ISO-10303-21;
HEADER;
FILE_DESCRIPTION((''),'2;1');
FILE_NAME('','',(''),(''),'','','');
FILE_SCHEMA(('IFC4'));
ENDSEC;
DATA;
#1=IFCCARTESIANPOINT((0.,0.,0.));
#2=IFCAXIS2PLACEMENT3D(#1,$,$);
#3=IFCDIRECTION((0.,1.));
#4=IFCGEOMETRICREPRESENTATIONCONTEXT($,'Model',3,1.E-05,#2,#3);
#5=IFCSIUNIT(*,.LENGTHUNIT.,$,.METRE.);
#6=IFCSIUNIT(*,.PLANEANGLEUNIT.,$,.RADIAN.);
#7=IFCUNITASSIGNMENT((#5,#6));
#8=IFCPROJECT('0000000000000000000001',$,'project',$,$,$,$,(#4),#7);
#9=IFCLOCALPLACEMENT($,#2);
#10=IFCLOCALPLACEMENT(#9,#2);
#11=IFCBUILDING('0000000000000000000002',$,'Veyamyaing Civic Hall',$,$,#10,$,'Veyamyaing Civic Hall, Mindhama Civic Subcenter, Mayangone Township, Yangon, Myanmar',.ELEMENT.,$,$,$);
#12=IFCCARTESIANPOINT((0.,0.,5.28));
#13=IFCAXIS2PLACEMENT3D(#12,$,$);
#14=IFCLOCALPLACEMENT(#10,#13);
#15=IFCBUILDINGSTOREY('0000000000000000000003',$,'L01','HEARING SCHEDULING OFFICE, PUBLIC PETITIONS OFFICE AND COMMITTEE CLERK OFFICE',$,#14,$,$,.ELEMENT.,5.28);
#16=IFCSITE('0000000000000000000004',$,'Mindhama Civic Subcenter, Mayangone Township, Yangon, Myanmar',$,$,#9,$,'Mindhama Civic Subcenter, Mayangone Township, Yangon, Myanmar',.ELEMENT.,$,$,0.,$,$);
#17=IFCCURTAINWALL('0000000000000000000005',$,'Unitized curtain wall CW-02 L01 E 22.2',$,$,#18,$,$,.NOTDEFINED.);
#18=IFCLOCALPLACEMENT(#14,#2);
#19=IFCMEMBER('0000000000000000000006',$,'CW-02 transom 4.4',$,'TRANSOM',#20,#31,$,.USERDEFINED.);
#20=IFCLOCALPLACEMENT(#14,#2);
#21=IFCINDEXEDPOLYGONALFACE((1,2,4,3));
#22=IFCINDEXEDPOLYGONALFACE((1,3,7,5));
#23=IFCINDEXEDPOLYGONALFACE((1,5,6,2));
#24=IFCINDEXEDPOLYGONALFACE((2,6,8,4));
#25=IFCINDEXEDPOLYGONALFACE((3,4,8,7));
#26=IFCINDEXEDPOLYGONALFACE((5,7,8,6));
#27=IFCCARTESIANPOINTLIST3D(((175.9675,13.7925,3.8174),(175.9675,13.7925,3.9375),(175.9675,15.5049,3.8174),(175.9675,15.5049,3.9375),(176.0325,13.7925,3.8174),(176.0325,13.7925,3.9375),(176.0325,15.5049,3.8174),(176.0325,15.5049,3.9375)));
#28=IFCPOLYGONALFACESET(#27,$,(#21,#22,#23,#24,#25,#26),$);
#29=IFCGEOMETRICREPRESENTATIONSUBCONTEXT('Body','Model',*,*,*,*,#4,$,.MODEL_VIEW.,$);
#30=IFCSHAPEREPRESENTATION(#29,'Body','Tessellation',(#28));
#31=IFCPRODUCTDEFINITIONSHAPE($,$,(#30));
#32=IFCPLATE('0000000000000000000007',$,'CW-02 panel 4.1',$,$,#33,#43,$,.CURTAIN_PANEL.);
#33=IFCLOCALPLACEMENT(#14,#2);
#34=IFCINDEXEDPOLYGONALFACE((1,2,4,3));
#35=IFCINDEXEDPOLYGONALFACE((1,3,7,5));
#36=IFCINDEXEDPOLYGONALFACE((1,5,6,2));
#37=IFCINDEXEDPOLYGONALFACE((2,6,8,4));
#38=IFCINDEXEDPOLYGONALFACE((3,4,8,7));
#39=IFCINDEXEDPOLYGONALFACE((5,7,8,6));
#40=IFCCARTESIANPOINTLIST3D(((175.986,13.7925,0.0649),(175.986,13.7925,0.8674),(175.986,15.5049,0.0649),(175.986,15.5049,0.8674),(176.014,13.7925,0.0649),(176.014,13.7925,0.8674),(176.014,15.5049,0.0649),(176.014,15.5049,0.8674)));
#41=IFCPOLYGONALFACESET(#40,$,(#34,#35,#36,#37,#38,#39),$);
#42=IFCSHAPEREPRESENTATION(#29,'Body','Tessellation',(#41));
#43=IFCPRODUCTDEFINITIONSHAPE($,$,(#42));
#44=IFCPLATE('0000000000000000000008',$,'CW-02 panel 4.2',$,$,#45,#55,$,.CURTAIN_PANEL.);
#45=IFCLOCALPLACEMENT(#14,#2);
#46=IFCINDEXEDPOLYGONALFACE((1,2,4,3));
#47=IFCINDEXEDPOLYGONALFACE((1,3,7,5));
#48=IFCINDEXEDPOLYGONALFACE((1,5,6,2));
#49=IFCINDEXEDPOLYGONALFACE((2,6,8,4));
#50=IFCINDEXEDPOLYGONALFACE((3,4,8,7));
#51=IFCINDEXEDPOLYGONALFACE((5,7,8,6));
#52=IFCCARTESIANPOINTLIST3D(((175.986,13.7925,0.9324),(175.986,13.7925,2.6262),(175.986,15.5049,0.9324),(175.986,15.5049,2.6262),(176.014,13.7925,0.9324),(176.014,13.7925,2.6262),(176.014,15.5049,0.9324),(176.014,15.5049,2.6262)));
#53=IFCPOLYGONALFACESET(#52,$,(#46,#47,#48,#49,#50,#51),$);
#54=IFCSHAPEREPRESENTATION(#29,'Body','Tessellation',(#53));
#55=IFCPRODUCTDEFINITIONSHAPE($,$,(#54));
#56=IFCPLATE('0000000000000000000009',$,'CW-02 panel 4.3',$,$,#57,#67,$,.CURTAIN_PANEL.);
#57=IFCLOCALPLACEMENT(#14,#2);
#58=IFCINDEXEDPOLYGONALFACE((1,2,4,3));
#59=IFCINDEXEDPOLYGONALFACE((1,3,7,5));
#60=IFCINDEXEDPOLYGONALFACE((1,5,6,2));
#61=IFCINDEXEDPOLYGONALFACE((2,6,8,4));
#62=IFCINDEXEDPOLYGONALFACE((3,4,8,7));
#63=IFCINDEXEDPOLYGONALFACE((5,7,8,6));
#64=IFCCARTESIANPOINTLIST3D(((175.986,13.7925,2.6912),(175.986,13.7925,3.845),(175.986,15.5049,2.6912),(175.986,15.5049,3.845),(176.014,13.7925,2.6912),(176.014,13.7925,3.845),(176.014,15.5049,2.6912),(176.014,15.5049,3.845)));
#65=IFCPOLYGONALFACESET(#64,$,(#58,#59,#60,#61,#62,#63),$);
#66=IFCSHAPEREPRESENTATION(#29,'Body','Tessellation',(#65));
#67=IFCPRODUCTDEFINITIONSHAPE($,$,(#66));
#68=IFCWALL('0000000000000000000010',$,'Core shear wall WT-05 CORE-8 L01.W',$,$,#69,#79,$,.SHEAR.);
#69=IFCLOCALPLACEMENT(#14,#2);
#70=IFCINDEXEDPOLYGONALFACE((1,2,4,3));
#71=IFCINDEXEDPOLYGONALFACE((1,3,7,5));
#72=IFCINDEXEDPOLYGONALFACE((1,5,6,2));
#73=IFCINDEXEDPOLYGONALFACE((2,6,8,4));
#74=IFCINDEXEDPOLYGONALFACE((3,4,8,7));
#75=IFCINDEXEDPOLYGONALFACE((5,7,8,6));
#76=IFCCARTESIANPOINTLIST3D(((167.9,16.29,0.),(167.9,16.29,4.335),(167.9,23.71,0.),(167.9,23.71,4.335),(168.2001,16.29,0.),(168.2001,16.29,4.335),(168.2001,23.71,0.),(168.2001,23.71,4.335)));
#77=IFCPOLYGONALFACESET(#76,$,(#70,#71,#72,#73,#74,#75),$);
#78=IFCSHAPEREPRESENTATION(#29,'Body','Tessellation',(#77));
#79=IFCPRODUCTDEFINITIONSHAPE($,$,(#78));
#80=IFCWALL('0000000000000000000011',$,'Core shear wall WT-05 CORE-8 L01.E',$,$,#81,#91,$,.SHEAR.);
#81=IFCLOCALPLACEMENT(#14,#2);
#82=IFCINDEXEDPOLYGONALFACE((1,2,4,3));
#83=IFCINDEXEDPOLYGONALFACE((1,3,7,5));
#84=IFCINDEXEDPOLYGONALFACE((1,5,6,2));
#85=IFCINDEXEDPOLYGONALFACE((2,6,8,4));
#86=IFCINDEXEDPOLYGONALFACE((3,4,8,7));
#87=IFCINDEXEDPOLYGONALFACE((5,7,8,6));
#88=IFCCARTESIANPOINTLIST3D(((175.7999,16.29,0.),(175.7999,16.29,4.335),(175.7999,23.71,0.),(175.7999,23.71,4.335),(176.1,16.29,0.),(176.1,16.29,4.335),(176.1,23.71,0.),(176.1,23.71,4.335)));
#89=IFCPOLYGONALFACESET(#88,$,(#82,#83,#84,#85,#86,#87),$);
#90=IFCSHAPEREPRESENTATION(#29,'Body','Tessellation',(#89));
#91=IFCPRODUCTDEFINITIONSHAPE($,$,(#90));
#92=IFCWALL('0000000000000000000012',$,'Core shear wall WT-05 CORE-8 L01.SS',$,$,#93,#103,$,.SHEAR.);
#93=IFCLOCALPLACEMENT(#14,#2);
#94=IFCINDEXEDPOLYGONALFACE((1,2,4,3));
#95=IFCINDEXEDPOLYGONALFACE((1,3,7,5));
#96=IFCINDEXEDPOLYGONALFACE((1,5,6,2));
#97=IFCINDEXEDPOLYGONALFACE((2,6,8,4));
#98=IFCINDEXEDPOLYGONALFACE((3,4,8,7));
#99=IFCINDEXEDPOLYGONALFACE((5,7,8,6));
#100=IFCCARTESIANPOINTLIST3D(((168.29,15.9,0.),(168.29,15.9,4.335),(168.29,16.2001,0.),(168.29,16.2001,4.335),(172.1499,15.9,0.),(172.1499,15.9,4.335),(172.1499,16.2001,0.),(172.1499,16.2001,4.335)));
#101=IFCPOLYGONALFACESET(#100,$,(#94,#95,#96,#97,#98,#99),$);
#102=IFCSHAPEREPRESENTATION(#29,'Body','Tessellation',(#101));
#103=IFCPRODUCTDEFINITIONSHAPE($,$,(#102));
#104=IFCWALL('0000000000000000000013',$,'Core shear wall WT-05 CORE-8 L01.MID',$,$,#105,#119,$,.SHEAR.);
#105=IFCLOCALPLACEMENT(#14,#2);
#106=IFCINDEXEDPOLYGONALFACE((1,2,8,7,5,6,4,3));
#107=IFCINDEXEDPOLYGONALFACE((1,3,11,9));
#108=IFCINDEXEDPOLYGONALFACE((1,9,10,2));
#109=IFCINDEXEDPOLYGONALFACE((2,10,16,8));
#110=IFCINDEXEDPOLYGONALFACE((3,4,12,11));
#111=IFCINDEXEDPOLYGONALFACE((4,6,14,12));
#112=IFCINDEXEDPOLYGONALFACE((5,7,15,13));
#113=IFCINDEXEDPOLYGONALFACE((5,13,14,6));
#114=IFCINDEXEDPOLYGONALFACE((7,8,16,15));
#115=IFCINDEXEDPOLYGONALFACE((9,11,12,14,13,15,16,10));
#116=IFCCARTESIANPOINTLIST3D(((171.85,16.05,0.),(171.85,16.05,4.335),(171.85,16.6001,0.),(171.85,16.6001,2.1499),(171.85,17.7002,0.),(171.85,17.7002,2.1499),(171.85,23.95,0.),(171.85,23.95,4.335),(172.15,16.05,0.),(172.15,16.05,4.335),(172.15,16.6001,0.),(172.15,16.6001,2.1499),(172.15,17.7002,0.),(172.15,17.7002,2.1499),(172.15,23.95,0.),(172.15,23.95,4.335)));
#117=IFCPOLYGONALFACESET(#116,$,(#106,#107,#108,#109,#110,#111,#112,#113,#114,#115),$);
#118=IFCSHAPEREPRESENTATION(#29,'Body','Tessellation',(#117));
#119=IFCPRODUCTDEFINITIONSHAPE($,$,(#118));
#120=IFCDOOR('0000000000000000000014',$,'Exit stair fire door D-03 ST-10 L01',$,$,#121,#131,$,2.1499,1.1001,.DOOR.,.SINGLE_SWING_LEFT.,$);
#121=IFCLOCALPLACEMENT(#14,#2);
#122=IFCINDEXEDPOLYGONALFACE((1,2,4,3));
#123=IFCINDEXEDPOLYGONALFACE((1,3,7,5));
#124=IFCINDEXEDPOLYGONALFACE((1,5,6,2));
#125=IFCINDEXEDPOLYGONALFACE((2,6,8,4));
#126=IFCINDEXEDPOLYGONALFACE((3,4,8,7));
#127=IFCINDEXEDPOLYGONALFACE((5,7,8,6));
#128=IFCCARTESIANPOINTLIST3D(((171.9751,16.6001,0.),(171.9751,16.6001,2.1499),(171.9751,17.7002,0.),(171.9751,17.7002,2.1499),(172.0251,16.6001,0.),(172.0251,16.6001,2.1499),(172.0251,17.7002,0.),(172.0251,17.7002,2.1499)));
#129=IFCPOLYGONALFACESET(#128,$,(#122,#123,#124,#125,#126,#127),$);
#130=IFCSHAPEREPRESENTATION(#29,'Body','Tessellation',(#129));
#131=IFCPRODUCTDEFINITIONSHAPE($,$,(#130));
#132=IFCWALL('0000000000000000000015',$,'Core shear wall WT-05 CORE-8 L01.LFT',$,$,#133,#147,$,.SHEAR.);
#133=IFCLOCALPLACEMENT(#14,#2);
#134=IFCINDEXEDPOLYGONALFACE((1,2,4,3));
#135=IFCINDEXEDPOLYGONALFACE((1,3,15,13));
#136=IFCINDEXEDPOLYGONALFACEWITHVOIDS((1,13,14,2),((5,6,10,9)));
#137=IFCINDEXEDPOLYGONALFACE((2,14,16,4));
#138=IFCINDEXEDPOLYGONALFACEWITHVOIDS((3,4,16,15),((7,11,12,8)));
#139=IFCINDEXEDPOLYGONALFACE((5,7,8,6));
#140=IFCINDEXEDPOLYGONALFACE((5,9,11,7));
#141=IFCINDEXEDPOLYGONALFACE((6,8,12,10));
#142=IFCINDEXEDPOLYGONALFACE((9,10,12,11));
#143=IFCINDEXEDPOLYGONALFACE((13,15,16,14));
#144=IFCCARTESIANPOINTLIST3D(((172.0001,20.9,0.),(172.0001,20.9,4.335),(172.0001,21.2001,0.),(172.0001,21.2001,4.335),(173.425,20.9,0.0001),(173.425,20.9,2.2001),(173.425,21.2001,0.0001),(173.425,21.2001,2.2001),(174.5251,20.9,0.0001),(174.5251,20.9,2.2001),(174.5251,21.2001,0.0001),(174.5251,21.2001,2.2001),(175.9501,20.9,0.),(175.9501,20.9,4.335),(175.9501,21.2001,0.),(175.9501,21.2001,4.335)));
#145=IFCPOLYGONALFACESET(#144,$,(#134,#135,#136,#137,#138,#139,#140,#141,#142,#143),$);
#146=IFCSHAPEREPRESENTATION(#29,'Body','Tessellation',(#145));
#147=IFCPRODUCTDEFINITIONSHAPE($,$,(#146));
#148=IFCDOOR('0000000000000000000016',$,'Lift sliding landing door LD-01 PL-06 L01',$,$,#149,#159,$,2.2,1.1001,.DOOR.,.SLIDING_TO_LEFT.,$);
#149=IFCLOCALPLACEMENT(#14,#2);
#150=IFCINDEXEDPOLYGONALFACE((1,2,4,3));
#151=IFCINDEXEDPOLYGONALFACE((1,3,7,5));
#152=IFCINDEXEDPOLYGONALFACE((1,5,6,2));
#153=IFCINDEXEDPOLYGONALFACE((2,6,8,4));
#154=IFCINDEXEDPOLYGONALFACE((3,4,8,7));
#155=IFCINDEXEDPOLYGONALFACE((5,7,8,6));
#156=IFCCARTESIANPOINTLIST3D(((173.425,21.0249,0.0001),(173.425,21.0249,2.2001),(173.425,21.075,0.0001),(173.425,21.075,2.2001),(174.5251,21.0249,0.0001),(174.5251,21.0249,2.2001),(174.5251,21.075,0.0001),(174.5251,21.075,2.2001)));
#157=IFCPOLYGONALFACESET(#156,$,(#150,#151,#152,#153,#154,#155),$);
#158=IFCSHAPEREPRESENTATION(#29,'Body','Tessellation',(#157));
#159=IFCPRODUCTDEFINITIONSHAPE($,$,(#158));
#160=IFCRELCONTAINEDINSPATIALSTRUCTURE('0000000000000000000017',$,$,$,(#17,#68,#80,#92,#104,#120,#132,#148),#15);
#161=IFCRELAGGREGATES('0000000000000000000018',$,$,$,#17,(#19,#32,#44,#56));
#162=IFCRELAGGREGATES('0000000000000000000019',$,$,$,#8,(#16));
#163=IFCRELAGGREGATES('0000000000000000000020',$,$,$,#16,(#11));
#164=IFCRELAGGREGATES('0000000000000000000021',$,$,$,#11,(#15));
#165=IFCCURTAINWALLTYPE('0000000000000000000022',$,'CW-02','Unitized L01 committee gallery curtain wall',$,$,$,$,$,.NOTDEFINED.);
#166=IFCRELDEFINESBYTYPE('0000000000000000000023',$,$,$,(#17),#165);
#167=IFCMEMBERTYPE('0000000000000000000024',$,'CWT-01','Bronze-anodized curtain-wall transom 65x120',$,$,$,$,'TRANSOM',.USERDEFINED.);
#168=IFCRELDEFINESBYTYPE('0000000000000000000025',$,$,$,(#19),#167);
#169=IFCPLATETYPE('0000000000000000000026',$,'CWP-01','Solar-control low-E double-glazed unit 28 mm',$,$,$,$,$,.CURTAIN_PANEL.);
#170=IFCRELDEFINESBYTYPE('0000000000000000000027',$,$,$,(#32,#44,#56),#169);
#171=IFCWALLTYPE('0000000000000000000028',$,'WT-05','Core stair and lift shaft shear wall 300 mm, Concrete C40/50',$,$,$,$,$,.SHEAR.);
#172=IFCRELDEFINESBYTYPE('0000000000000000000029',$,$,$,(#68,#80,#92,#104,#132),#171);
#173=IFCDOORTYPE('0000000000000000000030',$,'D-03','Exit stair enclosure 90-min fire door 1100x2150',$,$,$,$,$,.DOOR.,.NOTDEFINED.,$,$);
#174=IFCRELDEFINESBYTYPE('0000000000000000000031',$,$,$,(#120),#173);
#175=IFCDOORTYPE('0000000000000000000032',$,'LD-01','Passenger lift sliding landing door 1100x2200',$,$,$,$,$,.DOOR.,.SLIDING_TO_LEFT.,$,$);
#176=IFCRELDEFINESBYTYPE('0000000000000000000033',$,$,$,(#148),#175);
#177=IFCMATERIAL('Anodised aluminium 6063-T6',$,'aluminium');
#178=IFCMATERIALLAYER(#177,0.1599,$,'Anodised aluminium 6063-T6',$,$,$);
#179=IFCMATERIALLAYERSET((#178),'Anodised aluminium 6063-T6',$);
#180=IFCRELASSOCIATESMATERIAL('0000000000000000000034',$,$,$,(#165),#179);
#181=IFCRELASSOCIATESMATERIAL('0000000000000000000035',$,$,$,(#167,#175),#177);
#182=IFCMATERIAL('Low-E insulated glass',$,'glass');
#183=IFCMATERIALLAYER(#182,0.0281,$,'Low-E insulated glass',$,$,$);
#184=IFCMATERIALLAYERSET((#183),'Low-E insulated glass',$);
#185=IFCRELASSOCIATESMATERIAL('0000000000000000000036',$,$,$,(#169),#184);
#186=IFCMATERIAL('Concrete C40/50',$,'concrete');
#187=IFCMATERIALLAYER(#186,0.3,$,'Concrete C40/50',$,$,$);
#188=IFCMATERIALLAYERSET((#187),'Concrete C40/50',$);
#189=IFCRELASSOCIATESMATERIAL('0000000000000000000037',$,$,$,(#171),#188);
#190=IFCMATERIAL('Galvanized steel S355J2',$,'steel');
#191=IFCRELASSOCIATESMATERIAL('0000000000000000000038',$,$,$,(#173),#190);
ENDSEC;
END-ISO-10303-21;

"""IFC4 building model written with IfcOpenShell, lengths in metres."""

from ifc_helpers import new_model, si_unit, direction, frame, frame_2d, origin, origin_2d, place, context, subcontext, project, spatial, rectangle, extrude, material, layer, layer_set, material_profile, profile_set, type_object, element, fill, aggregate, save


model = new_model("IFC4")

# Units and contexts
model_context = context("Model", 3, precision=1e-05, world=origin(), true_north=direction((0.0, 1.0)))
body_context = subcontext(model_context, "Body", "Model", "MODEL_VIEW")
ifc_project = project(units=[si_unit("LENGTHUNIT", "METRE"), si_unit("PLANEANGLEUNIT", "RADIAN")], contexts=[model_context])

# Site, building, storey
site_placement = place(None, origin())
site = spatial("IfcSite", under=ifc_project, at=site_placement, Name="Mindhama Civic Subcenter, Mayangone Township, Yangon, Myanmar", LongName="Mindhama Civic Subcenter, Mayangone Township, Yangon, Myanmar", CompositionType="ELEMENT", RefElevation=0.0)
building_placement = place(site_placement, origin())
building = spatial("IfcBuilding", under=site, at=building_placement, Name="Veyamyaing Civic Hall", LongName="Veyamyaing Civic Hall, Mindhama Civic Subcenter, Mayangone Township, Yangon, Myanmar", CompositionType="ELEMENT")
storey_placement = place(building_placement, frame((0.0, 0.0, 5.28)))
storey = spatial("IfcBuildingStorey", under=building, at=storey_placement, Name="L01", Description="HEARING SCHEDULING OFFICE, PUBLIC PETITIONS OFFICE AND COMMITTEE CLERK OFFICE", CompositionType="ELEMENT", Elevation=5.28)

# Curtain wall, member, plates
ifc_material_1 = material(Name="Anodised aluminium 6063-T6", Category="aluminium")
ifc_layer_1 = layer(ifc_material_1, 0.1599, Name="Anodised aluminium 6063-T6")
ifc_layer_set_1 = layer_set([ifc_layer_1], Name="Anodised aluminium 6063-T6")
curtain_wall_type = type_object("IfcCurtainWallType", Name="CW-02", Description="Unitized L01 committee gallery curtain wall", PredefinedType="NOTDEFINED", material=ifc_layer_set_1)
curtain_wall_placement = place(storey_placement, origin())
curtain_wall = element("IfcCurtainWall", 1, at=curtain_wall_placement, inside=storey, type_object=curtain_wall_type, Name="Unitized curtain wall CW-02 L01 E 22.2", PredefinedType="NOTDEFINED")
ifc_material_profile_1 = material_profile(ifc_material_1, rectangle(XDim=0.0649, YDim=0.1201, at=origin_2d()), Name="ALU-TRN-65X120")
ifc_profile_set_1 = profile_set([ifc_material_profile_1], Name="Anodised aluminium 6063-T6")
member_type_1 = type_object("IfcMemberType", Name="CWT-01", Description="Bronze-anodized curtain-wall transom 65x120", ElementType="TRANSOM", PredefinedType="USERDEFINED", material=ifc_profile_set_1)
member_1_placement = place(storey_placement, frame((176.0, 13.7925, 3.8774), z_axis=(0.0, 1.0, 0.0), x_axis=(-1.0, 0.0, 0.0)))
member_1 = element("IfcMember", 2, at=member_1_placement, type_object=member_type_1, Name="CW-02 transom 4.4", ObjectType="TRANSOM", PredefinedType="USERDEFINED", context=body_context, shape_type="SweptSolid", body=[
    extrude(rectangle(XDim=0.0649, YDim=0.1201, at=origin_2d()), origin(), (0.0, 0.0, 1.0), 1.7124),
])
ifc_material_2 = material(Name="Low-E insulated glass", Category="glass")
ifc_layer_2 = layer(ifc_material_2, 0.0281, Name="Low-E insulated glass")
ifc_layer_set_2 = layer_set([ifc_layer_2], Name="Low-E insulated glass")
plate_type = type_object("IfcPlateType", Name="CWP-01", Description="Solar-control low-E double-glazed unit 28 mm", PredefinedType="CURTAIN_PANEL", material=ifc_layer_set_2)
plate_1_placement = place(storey_placement, frame((176.0, 14.6487, 0.0649), z_axis=(0.0, 0.0, 1.0), x_axis=(0.0, 1.0, 0.0)))
plate_1 = element("IfcPlate", 3, at=plate_1_placement, type_object=plate_type, Name="CW-02 panel 4.1", PredefinedType="CURTAIN_PANEL", context=body_context, shape_type="SweptSolid", body=[
    extrude(rectangle(XDim=1.7124, YDim=0.0281, at=origin_2d()), origin(), (0.0, 0.0, 1.0), 0.8025),
])
plate_2_placement = place(storey_placement, frame((176.0, 14.6487, 0.9324), z_axis=(0.0, 0.0, 1.0), x_axis=(0.0, 1.0, 0.0)))
plate_2 = element("IfcPlate", 4, at=plate_2_placement, type_object=plate_type, Name="CW-02 panel 4.2", PredefinedType="CURTAIN_PANEL", context=body_context, shape_type="SweptSolid", body=[
    extrude(rectangle(XDim=1.7124, YDim=0.0281, at=origin_2d()), origin(), (0.0, 0.0, 1.0), 1.6938),
])
plate_3_placement = place(storey_placement, frame((176.0, 14.6487, 2.6912), z_axis=(0.0, 0.0, 1.0), x_axis=(0.0, 1.0, 0.0)))
plate_3 = element("IfcPlate", 5, at=plate_3_placement, type_object=plate_type, Name="CW-02 panel 4.3", PredefinedType="CURTAIN_PANEL", context=body_context, shape_type="SweptSolid", body=[
    extrude(rectangle(XDim=1.7124, YDim=0.0281, at=origin_2d()), origin(), (0.0, 0.0, 1.0), 1.1538),
])
aggregate(curtain_wall, [member_1, plate_1, plate_2, plate_3])

# Walls
ifc_material_3 = material(Name="Concrete C40/50", Category="concrete")
ifc_layer_3 = layer(ifc_material_3, 0.3, Name="Concrete C40/50")
ifc_layer_set_3 = layer_set([ifc_layer_3], Name="Concrete C40/50")
wall_type_1 = type_object("IfcWallType", Name="WT-05", Description="Core stair and lift shaft shear wall 300 mm, Concrete C40/50", PredefinedType="SHEAR", material=ifc_layer_set_3)
for number, where, z_axis, x_axis, name in (
    (6, (168.05, 16.29, 0.0), (0.0, 0.0, 1.0), (0.0, 1.0, 0.0), "Core shear wall WT-05 CORE-8 L01.W"),
    (7, (175.95, 16.29, 0.0), (0.0, 0.0, 1.0), (0.0, 1.0, 0.0), "Core shear wall WT-05 CORE-8 L01.E"),
):
    element("IfcWall", number, at=place(storey_placement, frame(where, z_axis=z_axis, x_axis=x_axis)), inside=storey, type_object=wall_type_1, Name=name, PredefinedType="SHEAR", context=body_context, shape_type="SweptSolid", body=[
        extrude(rectangle(XDim=7.4199, YDim=0.3, at=frame_2d((3.71, 0.0))), origin(), (0.0, 0.0, 1.0), 4.335),
    ])
wall_1_placement = place(storey_placement, frame((168.29, 16.05, 0.0), z_axis=(0.0, 0.0, 1.0), x_axis=(1.0, 0.0, 0.0)))
element("IfcWall", 8, at=wall_1_placement, inside=storey, type_object=wall_type_1, Name="Core shear wall WT-05 CORE-8 L01.SS", PredefinedType="SHEAR", context=body_context, shape_type="SweptSolid", body=[
    extrude(rectangle(XDim=3.8599, YDim=0.3, at=frame_2d((1.9299, 0.0))), origin(), (0.0, 0.0, 1.0), 4.335),
])

# Walls, openings, doors
wall_2_placement = place(storey_placement, frame((172.0, 16.05, 0.0), z_axis=(0.0, 0.0, 1.0), x_axis=(0.0, 1.0, 0.0)))
wall_2 = element("IfcWall", 9, at=wall_2_placement, inside=storey, type_object=wall_type_1, Name="Core shear wall WT-05 CORE-8 L01.MID", PredefinedType="SHEAR", context=body_context, shape_type="SweptSolid", body=[
    extrude(rectangle(XDim=7.8999, YDim=0.3, at=frame_2d((3.95, 0.0))), origin(), (0.0, 0.0, 1.0), 4.335),
])
opening_1_placement = place(wall_2_placement, frame((0.55, 0.0, 0.0)))
opening_1 = element("IfcOpeningElement", 10, at=opening_1_placement, cuts=wall_2, PredefinedType="OPENING", context=body_context, shape_type="SweptSolid", body=[
    extrude(rectangle(XDim=1.1001, YDim=2.1499, at=frame_2d((0.55, 1.075))), frame((0.0, 0.1599, 0.0), z_axis=(0.0, -1.0, 0.0), x_axis=(1.0, 0.0, 0.0)), (0.0, 0.0, 1.0), 0.3201),
])
ifc_material_4 = material(Name="Galvanized steel S355J2", Category="steel")
door_type_1 = type_object("IfcDoorType", Name="D-03", Description="Exit stair enclosure 90-min fire door 1100x2150", OperationType="NOTDEFINED", PredefinedType="DOOR", material=ifc_material_4)
door_1_placement = place(opening_1_placement, origin())
door_1 = element("IfcDoor", 11, at=door_1_placement, inside=storey, type_object=door_type_1, Name="Exit stair fire door D-03 ST-10 L01", OperationType="SINGLE_SWING_LEFT", OverallHeight=2.1499, OverallWidth=1.1001, PredefinedType="DOOR", context=body_context, shape_type="SweptSolid", body=[
    extrude(rectangle(XDim=1.1001, YDim=2.1499, at=frame_2d((0.55, 1.075))), frame((0.0, 0.0249, 0.0), z_axis=(0.0, -1.0, 0.0), x_axis=(1.0, 0.0, 0.0)), (0.0, 0.0, 1.0), 0.05),
])
fill(opening_1, door_1)
wall_3_placement = place(storey_placement, frame((172.0, 21.05, 0.0), z_axis=(0.0, 0.0, 1.0), x_axis=(1.0, 0.0, 0.0)))
wall_3 = element("IfcWall", 12, at=wall_3_placement, inside=storey, type_object=wall_type_1, Name="Core shear wall WT-05 CORE-8 L01.LFT", PredefinedType="SHEAR", context=body_context, shape_type="SweptSolid", body=[
    extrude(rectangle(XDim=3.95, YDim=0.3, at=frame_2d((1.9751, 0.0))), origin(), (0.0, 0.0, 1.0), 4.335),
])
opening_2_placement = place(wall_3_placement, frame((1.425, 0.0, 0.0)))
opening_2 = element("IfcOpeningElement", 13, at=opening_2_placement, cuts=wall_3, PredefinedType="OPENING", context=body_context, shape_type="SweptSolid", body=[
    extrude(rectangle(XDim=1.1001, YDim=2.2, at=frame_2d((0.55, 1.1001))), frame((0.0, 0.1599, 0.0), z_axis=(0.0, -1.0, 0.0), x_axis=(1.0, 0.0, 0.0)), (0.0, 0.0, 1.0), 0.3201),
])
door_type_2 = type_object("IfcDoorType", Name="LD-01", Description="Passenger lift sliding landing door 1100x2200", OperationType="SLIDING_TO_LEFT", PredefinedType="DOOR", material=ifc_material_1)
door_2_placement = place(opening_2_placement, origin())
door_2 = element("IfcDoor", 14, at=door_2_placement, inside=storey, type_object=door_type_2, Name="Lift sliding landing door LD-01 PL-06 L01", OperationType="SLIDING_TO_LEFT", OverallHeight=2.2, OverallWidth=1.1001, PredefinedType="DOOR", context=body_context, shape_type="SweptSolid", body=[
    extrude(rectangle(XDim=1.1001, YDim=2.2, at=frame_2d((0.55, 1.1001))), frame((0.0, 0.0249, 0.0), z_axis=(0.0, -1.0, 0.0), x_axis=(1.0, 0.0, 0.0)), (0.0, 0.0, 1.0), 0.05),
])
fill(opening_2, door_2)

save(model, "model.ifc")
